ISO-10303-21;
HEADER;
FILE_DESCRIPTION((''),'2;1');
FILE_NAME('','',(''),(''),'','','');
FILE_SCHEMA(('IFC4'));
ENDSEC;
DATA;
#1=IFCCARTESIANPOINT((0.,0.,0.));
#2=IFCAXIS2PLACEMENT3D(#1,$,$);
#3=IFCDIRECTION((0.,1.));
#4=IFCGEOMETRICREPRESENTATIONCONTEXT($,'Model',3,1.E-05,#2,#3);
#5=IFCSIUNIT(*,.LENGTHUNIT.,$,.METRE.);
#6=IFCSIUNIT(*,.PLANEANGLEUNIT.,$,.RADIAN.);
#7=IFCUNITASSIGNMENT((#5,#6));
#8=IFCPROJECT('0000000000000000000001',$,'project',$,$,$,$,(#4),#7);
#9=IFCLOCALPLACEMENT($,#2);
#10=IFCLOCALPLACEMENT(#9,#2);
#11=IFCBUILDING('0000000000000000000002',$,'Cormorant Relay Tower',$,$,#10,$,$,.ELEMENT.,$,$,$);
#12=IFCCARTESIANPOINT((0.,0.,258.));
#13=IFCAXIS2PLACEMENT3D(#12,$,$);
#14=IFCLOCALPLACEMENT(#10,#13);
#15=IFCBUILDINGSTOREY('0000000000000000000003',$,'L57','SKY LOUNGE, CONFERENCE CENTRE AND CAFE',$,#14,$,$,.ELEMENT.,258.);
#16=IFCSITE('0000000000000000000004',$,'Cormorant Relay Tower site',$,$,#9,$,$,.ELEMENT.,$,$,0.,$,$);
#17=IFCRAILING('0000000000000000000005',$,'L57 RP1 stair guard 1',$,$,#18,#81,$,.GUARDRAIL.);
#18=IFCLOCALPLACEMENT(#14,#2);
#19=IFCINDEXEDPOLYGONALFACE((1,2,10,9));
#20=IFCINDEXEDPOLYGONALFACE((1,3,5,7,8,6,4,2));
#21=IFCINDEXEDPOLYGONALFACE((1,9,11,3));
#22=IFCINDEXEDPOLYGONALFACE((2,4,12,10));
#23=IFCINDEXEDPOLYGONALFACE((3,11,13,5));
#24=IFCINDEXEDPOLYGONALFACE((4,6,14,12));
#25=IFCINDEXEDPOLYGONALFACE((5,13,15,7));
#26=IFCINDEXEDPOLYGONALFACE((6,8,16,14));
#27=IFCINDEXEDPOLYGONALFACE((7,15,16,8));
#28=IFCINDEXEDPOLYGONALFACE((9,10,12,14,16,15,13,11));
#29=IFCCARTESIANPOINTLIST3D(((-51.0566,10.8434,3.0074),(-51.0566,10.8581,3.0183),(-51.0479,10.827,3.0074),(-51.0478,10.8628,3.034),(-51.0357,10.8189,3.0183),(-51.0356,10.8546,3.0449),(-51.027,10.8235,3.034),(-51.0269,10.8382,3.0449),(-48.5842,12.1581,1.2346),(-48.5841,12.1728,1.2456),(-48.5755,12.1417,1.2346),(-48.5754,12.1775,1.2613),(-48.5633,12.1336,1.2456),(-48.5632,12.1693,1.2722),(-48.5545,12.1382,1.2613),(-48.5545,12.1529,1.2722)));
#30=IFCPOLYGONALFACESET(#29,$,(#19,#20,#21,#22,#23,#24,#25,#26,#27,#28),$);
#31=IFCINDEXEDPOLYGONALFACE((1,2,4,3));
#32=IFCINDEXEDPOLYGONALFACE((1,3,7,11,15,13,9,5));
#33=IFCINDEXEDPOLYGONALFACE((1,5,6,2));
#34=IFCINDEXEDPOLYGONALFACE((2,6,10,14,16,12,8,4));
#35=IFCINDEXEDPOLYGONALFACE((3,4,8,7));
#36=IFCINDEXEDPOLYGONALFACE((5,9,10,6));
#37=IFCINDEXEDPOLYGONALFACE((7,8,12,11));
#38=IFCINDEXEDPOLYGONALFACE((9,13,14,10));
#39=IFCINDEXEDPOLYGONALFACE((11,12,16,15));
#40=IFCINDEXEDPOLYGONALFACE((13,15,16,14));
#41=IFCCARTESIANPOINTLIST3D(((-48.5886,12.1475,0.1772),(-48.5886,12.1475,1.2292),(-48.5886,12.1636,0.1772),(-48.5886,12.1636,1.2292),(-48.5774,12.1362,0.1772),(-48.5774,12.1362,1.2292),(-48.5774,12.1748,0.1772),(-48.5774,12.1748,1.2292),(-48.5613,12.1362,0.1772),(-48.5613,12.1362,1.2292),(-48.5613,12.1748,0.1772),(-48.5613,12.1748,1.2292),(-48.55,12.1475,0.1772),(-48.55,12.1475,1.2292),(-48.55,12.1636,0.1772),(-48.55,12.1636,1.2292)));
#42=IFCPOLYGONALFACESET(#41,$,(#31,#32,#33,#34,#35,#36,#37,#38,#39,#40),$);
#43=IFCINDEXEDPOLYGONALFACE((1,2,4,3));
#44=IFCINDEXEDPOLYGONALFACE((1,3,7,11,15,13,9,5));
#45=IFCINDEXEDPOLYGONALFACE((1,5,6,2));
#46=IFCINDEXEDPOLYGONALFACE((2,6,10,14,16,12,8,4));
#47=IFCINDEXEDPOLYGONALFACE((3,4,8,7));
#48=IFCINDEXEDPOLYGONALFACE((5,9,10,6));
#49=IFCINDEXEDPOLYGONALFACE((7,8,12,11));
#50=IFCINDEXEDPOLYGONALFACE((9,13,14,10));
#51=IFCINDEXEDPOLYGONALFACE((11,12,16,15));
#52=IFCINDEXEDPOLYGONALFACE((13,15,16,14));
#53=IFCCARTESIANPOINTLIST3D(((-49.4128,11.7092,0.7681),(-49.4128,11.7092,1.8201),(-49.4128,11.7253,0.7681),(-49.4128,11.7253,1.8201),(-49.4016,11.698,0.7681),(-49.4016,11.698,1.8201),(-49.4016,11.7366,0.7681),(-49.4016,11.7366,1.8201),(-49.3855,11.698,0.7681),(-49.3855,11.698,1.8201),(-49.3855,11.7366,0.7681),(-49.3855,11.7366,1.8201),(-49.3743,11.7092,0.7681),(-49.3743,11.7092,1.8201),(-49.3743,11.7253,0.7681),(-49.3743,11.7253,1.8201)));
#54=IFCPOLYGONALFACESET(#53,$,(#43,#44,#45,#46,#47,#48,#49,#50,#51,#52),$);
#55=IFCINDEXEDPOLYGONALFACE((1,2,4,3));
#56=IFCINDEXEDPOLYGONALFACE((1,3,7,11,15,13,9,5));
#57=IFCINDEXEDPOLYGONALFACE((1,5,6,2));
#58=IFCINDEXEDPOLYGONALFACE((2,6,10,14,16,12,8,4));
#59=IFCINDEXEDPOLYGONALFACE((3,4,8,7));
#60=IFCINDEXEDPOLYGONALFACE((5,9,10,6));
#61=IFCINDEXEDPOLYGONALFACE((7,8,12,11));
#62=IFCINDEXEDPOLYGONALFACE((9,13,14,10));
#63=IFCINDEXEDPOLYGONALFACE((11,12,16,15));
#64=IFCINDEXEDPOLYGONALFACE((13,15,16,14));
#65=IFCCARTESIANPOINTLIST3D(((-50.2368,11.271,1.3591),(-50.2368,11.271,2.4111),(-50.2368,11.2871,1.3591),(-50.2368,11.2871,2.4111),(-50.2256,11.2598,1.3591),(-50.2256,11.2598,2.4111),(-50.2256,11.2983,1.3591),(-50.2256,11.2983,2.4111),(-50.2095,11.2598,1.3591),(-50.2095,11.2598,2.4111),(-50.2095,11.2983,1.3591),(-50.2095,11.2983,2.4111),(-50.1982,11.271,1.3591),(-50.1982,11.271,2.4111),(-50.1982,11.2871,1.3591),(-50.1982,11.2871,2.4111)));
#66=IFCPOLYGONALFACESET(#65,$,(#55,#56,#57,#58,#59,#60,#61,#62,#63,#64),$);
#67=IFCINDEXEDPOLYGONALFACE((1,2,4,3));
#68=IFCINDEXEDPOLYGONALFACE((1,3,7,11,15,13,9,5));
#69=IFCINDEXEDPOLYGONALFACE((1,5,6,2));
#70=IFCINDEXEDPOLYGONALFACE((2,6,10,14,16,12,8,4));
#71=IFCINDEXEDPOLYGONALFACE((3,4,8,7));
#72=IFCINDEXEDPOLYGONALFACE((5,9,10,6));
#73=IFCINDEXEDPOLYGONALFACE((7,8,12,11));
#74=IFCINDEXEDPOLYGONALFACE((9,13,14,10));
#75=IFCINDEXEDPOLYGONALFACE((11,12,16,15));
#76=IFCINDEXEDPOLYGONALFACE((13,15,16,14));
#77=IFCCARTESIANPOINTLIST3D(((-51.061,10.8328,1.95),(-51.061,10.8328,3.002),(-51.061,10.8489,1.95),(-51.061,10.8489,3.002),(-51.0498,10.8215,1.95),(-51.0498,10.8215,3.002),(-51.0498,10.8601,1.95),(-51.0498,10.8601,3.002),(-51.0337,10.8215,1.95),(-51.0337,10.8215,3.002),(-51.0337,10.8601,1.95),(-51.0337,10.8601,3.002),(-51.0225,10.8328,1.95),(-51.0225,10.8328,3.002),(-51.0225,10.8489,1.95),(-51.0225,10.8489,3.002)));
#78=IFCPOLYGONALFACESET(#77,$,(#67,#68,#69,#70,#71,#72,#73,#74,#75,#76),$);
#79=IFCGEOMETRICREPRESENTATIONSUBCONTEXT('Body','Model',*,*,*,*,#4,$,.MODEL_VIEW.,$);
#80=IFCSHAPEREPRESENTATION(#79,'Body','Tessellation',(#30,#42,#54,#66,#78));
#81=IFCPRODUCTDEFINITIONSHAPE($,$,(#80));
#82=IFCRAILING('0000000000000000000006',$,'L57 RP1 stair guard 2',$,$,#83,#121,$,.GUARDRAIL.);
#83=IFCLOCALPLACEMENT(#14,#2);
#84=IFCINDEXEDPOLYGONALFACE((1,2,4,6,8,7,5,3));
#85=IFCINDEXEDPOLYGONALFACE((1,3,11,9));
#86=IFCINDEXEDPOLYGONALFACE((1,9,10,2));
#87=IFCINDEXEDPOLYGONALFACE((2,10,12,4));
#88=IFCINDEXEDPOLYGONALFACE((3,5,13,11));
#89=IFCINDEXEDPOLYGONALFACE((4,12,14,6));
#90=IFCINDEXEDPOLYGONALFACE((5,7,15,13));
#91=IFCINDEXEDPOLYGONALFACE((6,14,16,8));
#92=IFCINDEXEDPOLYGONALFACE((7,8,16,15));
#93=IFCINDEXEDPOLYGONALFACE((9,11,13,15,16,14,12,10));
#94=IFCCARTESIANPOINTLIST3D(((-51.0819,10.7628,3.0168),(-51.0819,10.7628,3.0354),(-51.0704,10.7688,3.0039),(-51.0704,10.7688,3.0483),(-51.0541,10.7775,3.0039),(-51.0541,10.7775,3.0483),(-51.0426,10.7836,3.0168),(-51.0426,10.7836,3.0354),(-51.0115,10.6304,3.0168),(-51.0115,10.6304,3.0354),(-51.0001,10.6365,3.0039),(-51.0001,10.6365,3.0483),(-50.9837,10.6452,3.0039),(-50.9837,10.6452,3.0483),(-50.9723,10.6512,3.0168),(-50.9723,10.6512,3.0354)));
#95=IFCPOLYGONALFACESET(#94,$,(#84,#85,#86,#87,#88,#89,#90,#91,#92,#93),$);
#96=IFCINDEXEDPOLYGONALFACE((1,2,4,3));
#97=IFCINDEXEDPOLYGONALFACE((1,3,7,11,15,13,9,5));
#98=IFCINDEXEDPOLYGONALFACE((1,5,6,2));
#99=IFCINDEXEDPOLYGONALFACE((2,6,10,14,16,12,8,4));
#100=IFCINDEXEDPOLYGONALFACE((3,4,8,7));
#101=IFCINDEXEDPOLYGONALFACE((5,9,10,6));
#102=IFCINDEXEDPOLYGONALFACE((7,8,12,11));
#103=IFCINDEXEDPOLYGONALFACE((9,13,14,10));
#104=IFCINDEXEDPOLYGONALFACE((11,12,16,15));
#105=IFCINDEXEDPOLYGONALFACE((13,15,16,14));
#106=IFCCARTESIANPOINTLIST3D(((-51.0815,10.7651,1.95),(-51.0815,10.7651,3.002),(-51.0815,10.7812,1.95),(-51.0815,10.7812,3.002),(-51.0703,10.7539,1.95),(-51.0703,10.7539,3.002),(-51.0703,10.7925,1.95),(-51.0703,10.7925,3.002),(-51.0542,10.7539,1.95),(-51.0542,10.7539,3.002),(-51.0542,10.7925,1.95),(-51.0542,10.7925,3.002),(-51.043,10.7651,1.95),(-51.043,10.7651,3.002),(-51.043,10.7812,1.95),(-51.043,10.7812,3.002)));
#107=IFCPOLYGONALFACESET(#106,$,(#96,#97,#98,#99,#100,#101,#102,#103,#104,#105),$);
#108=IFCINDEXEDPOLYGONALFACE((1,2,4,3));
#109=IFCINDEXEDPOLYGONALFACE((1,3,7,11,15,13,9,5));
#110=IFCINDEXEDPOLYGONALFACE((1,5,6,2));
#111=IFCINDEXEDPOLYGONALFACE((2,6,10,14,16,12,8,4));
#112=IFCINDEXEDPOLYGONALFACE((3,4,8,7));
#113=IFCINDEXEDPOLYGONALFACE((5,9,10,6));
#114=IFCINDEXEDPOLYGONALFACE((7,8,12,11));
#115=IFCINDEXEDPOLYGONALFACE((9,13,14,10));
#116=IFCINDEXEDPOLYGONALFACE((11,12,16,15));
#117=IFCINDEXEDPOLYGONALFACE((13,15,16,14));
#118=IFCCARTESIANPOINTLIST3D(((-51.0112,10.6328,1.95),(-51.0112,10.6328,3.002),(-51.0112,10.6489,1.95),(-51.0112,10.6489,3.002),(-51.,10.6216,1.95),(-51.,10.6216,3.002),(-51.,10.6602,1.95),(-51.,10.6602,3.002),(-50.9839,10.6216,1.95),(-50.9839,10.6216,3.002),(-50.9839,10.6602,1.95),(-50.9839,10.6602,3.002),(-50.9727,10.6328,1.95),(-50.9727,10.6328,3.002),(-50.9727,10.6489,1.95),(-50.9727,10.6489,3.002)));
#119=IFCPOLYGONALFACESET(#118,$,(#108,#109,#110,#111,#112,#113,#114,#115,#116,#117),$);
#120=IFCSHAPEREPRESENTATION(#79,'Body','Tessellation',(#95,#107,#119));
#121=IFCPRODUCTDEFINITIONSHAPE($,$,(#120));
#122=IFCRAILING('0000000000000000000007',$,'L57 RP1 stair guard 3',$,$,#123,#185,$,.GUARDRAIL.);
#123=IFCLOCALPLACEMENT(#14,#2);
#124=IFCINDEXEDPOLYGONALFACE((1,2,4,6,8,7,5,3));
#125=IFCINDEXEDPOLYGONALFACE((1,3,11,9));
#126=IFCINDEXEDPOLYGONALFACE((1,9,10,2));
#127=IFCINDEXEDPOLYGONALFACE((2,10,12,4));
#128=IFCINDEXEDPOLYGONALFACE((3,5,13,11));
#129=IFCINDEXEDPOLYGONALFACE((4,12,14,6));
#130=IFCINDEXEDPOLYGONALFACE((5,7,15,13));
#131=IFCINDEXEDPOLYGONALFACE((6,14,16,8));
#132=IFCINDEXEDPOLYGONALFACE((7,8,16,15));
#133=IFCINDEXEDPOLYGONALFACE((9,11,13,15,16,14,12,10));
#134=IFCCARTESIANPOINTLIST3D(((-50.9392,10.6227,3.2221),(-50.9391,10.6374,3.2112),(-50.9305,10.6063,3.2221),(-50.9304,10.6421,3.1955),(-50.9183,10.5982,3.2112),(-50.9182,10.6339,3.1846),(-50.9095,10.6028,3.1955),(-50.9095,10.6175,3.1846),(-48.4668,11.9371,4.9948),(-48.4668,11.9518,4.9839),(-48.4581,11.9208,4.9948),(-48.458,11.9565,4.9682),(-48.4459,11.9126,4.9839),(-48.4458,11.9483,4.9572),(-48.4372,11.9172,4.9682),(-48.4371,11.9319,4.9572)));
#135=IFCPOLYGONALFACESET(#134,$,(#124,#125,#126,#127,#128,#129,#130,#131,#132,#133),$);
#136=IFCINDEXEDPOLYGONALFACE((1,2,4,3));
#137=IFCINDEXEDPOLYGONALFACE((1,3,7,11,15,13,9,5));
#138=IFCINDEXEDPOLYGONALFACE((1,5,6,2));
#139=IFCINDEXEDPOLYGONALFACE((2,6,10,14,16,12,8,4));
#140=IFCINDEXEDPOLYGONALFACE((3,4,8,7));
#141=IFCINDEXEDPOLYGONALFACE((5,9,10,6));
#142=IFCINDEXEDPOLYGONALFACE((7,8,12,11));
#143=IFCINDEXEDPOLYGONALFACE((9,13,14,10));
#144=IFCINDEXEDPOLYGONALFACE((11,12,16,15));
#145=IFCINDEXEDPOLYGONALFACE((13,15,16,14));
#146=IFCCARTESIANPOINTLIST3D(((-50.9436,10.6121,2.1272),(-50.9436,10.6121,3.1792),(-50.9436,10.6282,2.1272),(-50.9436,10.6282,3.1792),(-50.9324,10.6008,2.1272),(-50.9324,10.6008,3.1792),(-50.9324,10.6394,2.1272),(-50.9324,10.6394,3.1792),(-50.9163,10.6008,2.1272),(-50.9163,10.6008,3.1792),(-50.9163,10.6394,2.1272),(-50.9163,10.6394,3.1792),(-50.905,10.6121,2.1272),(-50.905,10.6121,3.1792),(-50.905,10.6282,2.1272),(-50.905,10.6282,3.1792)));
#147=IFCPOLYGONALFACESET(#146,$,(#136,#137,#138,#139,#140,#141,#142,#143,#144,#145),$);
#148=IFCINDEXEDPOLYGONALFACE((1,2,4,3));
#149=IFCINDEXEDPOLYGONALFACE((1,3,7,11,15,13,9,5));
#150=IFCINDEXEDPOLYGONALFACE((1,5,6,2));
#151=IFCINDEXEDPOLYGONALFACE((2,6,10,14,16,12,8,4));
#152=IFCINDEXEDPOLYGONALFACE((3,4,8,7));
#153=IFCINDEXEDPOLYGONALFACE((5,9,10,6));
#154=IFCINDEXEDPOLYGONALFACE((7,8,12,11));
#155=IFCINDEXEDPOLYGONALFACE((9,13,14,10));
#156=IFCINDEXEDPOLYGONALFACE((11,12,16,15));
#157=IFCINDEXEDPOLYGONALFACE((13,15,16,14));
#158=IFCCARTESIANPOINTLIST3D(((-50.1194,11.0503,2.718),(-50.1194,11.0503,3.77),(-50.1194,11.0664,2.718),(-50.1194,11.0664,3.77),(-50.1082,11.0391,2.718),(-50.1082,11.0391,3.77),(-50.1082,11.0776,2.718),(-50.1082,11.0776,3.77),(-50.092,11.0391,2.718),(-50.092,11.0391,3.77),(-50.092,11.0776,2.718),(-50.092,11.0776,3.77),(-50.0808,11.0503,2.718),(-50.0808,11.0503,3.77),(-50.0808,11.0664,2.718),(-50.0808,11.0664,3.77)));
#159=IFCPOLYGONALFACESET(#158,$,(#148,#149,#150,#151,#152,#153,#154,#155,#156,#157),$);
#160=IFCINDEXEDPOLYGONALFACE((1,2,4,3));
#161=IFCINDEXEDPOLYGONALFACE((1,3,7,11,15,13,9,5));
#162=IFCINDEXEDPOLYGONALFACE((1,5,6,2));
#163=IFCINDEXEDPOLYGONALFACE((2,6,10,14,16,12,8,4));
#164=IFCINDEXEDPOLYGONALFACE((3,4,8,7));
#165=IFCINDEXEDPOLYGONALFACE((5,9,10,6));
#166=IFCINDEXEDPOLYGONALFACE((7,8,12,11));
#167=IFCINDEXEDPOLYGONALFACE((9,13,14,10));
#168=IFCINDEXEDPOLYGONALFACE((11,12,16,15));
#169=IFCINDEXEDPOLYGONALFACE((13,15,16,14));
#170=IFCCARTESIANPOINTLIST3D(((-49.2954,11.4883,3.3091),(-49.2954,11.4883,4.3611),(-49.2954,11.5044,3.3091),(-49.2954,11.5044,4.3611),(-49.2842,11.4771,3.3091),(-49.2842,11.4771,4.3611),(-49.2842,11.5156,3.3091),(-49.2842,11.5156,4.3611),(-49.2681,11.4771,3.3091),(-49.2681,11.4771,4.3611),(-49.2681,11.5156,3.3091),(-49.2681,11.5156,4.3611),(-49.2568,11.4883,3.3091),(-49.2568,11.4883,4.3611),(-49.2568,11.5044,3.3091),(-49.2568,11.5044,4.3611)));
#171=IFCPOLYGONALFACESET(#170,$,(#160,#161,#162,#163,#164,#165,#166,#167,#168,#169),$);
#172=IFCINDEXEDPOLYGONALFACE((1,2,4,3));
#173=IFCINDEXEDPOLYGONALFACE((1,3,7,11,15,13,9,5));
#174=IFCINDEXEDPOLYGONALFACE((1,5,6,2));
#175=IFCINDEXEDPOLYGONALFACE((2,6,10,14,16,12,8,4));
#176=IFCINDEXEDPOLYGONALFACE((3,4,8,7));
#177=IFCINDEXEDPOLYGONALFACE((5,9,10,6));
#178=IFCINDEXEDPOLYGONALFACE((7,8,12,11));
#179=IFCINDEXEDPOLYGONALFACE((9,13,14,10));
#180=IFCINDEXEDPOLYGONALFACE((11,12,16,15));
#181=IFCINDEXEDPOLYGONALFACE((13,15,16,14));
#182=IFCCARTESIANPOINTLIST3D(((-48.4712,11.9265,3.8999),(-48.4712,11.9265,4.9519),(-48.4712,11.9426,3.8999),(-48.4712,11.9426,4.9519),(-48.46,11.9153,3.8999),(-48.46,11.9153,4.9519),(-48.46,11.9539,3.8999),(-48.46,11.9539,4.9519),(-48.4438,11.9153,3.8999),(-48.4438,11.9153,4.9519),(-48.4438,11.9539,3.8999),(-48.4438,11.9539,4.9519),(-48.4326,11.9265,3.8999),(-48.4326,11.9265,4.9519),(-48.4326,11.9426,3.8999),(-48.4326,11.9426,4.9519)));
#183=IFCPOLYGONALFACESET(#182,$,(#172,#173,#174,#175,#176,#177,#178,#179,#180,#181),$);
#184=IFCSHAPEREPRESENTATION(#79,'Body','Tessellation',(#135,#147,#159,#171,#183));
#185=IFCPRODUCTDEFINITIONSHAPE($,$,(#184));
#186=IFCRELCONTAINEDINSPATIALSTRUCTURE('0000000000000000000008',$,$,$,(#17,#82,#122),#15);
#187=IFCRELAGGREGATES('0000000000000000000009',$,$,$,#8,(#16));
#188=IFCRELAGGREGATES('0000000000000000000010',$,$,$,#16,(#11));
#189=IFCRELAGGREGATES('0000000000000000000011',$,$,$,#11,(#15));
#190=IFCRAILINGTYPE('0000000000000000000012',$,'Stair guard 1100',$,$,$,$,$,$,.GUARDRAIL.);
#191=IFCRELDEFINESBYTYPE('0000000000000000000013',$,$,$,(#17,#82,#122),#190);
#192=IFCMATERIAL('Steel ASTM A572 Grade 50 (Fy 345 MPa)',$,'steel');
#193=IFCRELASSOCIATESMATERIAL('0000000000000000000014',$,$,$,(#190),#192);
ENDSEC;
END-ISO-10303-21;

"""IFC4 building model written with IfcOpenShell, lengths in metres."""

from ifc_helpers import new_model, si_unit, direction, frame, origin, place, context, subcontext, project, spatial, polyline, outline, extrude, material, type_object, element, save


model = new_model("IFC4")

# Units and contexts
model_context = context("Model", 3, precision=1e-05, world=origin(), true_north=direction((0.0, 1.0)))
body_context = subcontext(model_context, "Body", "Model", "MODEL_VIEW")
ifc_project = project(units=[si_unit("LENGTHUNIT", "METRE"), si_unit("PLANEANGLEUNIT", "RADIAN")], contexts=[model_context])

# Site, building, storey
site_placement = place(None, origin())
site = spatial("IfcSite", under=ifc_project, at=site_placement, Name="Cormorant Relay Tower site", CompositionType="ELEMENT", RefElevation=0.0)
building_placement = place(site_placement, origin())
building = spatial("IfcBuilding", under=site, at=building_placement, Name="Cormorant Relay Tower", CompositionType="ELEMENT")
storey_placement = place(building_placement, frame((0.0, 0.0, 258.0)))
storey = spatial("IfcBuildingStorey", under=building, at=storey_placement, Name="L57", Description="SKY LOUNGE, CONFERENCE CENTRE AND CAFE", CompositionType="ELEMENT", Elevation=258.0)

# Railings
ifc_material_1 = material(Name="Steel ASTM A572 Grade 50 (Fy 345 MPa)", Category="steel")
railing_type_1 = type_object("IfcRailingType", Name="Stair guard 1100", PredefinedType="GUARDRAIL", material=ifc_material_1)
railing_1_placement = place(storey_placement, frame((-48.5693, 12.1555, 0.1772)))
element("IfcRailing", 1, at=railing_1_placement, inside=storey, type_object=railing_type_1, Name="L57 RP1 stair guard 1", PredefinedType="GUARDRAIL", context=body_context, shape_type="SweptSolid", body=[
    extrude(outline(polyline([(0.0222, 0.0093), (0.0093, 0.0222), (-0.0093, 0.0222), (-0.0222, 0.0093), (-0.0222, -0.0093), (-0.0093, -0.0222), (0.0093, -0.0222), (0.0222, -0.0093), (0.0222, 0.0093)])), frame((0.0, 0.0, 1.0762), z_axis=(-0.746012, -0.39669, 0.534886), x_axis=(0.469497, -0.882934, 0.0)), (0.0, 0.0, 1.0), 3.3142),
    extrude(outline(polyline([(0.0193, 0.0081), (0.0081, 0.0193), (-0.0081, 0.0193), (-0.0193, 0.0081), (-0.0193, -0.0081), (-0.0081, -0.0193), (0.0081, -0.0193), (0.0193, -0.0081), (0.0193, 0.0081)])), origin(), (0.0, 0.0, 1.0), 1.052),
    extrude(outline(polyline([(0.0193, 0.0081), (0.0081, 0.0193), (-0.0081, 0.0193), (-0.0193, 0.0081), (-0.0193, -0.0081), (-0.0081, -0.0193), (0.0081, -0.0193), (0.0193, -0.0081), (0.0193, 0.0081)])), frame((-0.8242, -0.4382, 0.5908)), (0.0, 0.0, 1.0), 1.052),
    extrude(outline(polyline([(0.0193, 0.0081), (0.0081, 0.0193), (-0.0081, 0.0193), (-0.0193, 0.0081), (-0.0193, -0.0081), (-0.0081, -0.0193), (0.0081, -0.0193), (0.0193, -0.0081), (0.0193, 0.0081)])), frame((-1.6482, -0.8765, 1.1819)), (0.0, 0.0, 1.0), 1.052),
    extrude(outline(polyline([(0.0193, 0.0081), (0.0081, 0.0193), (-0.0081, 0.0193), (-0.0193, 0.0081), (-0.0193, -0.0081), (-0.0081, -0.0193), (0.0081, -0.0193), (0.0193, -0.0081), (0.0193, 0.0081)])), frame((-2.4724, -1.3147, 1.7727)), (0.0, 0.0, 1.0), 1.052),
])
railing_2_placement = place(storey_placement, frame((-51.0623, 10.7732, 1.95)))
element("IfcRailing", 2, at=railing_2_placement, inside=storey, type_object=railing_type_1, Name="L57 RP1 stair guard 2", PredefinedType="GUARDRAIL", context=body_context, shape_type="SweptSolid", body=[
    extrude(outline(polyline([(0.0222, 0.0093), (0.0093, 0.0222), (-0.0093, 0.0222), (-0.0222, 0.0093), (-0.0222, -0.0093), (-0.0093, -0.0222), (0.0093, -0.0222), (0.0222, -0.0093), (0.0222, 0.0093)])), frame((0.0, 0.0, 1.0762), z_axis=(0.469235, -0.883074, 0.0), x_axis=(0.883074, 0.469235, 0.0)), (0.0, 0.0, 1.0), 0.1499),
    extrude(outline(polyline([(0.0193, 0.0081), (0.0081, 0.0193), (-0.0081, 0.0193), (-0.0193, 0.0081), (-0.0193, -0.0081), (-0.0081, -0.0193), (0.0081, -0.0193), (0.0193, -0.0081), (0.0193, 0.0081)])), origin(), (0.0, 0.0, 1.0), 1.052),
    extrude(outline(polyline([(0.0193, 0.0081), (0.0081, 0.0193), (-0.0081, 0.0193), (-0.0193, 0.0081), (-0.0193, -0.0081), (-0.0081, -0.0193), (0.0081, -0.0193), (0.0193, -0.0081), (0.0193, 0.0081)])), frame((0.0703, -0.1323, 0.0)), (0.0, 0.0, 1.0), 1.052),
])
railing_3_placement = place(storey_placement, frame((-50.9243, 10.6201, 2.1272)))
element("IfcRailing", 3, at=railing_3_placement, inside=storey, type_object=railing_type_1, Name="L57 RP1 stair guard 3", PredefinedType="GUARDRAIL", context=body_context, shape_type="SweptSolid", body=[
    extrude(outline(polyline([(0.0222, 0.0093), (0.0093, 0.0222), (-0.0093, 0.0222), (-0.0222, 0.0093), (-0.0222, -0.0093), (-0.0093, -0.0222), (0.0093, -0.0222), (0.0222, -0.0093), (0.0222, 0.0093)])), frame((0.0, 0.0, 1.0762), z_axis=(0.746034, 0.396627, 0.534902), x_axis=(-0.469429, 0.88297, 0.0)), (0.0, 0.0, 1.0), 3.314),
    extrude(outline(polyline([(0.0193, 0.0081), (0.0081, 0.0193), (-0.0081, 0.0193), (-0.0193, 0.0081), (-0.0193, -0.0081), (-0.0081, -0.0193), (0.0081, -0.0193), (0.0193, -0.0081), (0.0193, 0.0081)])), origin(), (0.0, 0.0, 1.0), 1.052),
    extrude(outline(polyline([(0.0193, 0.0081), (0.0081, 0.0193), (-0.0081, 0.0193), (-0.0193, 0.0081), (-0.0193, -0.0081), (-0.0081, -0.0193), (0.0081, -0.0193), (0.0193, -0.0081), (0.0193, 0.0081)])), frame((0.8242, 0.4382, 0.5908)), (0.0, 0.0, 1.0), 1.052),
    extrude(outline(polyline([(0.0193, 0.0081), (0.0081, 0.0193), (-0.0081, 0.0193), (-0.0193, 0.0081), (-0.0193, -0.0081), (-0.0081, -0.0193), (0.0081, -0.0193), (0.0193, -0.0081), (0.0193, 0.0081)])), frame((1.6482, 0.8762, 1.1819)), (0.0, 0.0, 1.0), 1.052),
    extrude(outline(polyline([(0.0193, 0.0081), (0.0081, 0.0193), (-0.0081, 0.0193), (-0.0193, 0.0081), (-0.0193, -0.0081), (-0.0081, -0.0193), (0.0081, -0.0193), (0.0193, -0.0081), (0.0193, 0.0081)])), frame((2.4724, 1.3145, 1.7727)), (0.0, 0.0, 1.0), 1.052),
])

save(model, "model.ifc")
